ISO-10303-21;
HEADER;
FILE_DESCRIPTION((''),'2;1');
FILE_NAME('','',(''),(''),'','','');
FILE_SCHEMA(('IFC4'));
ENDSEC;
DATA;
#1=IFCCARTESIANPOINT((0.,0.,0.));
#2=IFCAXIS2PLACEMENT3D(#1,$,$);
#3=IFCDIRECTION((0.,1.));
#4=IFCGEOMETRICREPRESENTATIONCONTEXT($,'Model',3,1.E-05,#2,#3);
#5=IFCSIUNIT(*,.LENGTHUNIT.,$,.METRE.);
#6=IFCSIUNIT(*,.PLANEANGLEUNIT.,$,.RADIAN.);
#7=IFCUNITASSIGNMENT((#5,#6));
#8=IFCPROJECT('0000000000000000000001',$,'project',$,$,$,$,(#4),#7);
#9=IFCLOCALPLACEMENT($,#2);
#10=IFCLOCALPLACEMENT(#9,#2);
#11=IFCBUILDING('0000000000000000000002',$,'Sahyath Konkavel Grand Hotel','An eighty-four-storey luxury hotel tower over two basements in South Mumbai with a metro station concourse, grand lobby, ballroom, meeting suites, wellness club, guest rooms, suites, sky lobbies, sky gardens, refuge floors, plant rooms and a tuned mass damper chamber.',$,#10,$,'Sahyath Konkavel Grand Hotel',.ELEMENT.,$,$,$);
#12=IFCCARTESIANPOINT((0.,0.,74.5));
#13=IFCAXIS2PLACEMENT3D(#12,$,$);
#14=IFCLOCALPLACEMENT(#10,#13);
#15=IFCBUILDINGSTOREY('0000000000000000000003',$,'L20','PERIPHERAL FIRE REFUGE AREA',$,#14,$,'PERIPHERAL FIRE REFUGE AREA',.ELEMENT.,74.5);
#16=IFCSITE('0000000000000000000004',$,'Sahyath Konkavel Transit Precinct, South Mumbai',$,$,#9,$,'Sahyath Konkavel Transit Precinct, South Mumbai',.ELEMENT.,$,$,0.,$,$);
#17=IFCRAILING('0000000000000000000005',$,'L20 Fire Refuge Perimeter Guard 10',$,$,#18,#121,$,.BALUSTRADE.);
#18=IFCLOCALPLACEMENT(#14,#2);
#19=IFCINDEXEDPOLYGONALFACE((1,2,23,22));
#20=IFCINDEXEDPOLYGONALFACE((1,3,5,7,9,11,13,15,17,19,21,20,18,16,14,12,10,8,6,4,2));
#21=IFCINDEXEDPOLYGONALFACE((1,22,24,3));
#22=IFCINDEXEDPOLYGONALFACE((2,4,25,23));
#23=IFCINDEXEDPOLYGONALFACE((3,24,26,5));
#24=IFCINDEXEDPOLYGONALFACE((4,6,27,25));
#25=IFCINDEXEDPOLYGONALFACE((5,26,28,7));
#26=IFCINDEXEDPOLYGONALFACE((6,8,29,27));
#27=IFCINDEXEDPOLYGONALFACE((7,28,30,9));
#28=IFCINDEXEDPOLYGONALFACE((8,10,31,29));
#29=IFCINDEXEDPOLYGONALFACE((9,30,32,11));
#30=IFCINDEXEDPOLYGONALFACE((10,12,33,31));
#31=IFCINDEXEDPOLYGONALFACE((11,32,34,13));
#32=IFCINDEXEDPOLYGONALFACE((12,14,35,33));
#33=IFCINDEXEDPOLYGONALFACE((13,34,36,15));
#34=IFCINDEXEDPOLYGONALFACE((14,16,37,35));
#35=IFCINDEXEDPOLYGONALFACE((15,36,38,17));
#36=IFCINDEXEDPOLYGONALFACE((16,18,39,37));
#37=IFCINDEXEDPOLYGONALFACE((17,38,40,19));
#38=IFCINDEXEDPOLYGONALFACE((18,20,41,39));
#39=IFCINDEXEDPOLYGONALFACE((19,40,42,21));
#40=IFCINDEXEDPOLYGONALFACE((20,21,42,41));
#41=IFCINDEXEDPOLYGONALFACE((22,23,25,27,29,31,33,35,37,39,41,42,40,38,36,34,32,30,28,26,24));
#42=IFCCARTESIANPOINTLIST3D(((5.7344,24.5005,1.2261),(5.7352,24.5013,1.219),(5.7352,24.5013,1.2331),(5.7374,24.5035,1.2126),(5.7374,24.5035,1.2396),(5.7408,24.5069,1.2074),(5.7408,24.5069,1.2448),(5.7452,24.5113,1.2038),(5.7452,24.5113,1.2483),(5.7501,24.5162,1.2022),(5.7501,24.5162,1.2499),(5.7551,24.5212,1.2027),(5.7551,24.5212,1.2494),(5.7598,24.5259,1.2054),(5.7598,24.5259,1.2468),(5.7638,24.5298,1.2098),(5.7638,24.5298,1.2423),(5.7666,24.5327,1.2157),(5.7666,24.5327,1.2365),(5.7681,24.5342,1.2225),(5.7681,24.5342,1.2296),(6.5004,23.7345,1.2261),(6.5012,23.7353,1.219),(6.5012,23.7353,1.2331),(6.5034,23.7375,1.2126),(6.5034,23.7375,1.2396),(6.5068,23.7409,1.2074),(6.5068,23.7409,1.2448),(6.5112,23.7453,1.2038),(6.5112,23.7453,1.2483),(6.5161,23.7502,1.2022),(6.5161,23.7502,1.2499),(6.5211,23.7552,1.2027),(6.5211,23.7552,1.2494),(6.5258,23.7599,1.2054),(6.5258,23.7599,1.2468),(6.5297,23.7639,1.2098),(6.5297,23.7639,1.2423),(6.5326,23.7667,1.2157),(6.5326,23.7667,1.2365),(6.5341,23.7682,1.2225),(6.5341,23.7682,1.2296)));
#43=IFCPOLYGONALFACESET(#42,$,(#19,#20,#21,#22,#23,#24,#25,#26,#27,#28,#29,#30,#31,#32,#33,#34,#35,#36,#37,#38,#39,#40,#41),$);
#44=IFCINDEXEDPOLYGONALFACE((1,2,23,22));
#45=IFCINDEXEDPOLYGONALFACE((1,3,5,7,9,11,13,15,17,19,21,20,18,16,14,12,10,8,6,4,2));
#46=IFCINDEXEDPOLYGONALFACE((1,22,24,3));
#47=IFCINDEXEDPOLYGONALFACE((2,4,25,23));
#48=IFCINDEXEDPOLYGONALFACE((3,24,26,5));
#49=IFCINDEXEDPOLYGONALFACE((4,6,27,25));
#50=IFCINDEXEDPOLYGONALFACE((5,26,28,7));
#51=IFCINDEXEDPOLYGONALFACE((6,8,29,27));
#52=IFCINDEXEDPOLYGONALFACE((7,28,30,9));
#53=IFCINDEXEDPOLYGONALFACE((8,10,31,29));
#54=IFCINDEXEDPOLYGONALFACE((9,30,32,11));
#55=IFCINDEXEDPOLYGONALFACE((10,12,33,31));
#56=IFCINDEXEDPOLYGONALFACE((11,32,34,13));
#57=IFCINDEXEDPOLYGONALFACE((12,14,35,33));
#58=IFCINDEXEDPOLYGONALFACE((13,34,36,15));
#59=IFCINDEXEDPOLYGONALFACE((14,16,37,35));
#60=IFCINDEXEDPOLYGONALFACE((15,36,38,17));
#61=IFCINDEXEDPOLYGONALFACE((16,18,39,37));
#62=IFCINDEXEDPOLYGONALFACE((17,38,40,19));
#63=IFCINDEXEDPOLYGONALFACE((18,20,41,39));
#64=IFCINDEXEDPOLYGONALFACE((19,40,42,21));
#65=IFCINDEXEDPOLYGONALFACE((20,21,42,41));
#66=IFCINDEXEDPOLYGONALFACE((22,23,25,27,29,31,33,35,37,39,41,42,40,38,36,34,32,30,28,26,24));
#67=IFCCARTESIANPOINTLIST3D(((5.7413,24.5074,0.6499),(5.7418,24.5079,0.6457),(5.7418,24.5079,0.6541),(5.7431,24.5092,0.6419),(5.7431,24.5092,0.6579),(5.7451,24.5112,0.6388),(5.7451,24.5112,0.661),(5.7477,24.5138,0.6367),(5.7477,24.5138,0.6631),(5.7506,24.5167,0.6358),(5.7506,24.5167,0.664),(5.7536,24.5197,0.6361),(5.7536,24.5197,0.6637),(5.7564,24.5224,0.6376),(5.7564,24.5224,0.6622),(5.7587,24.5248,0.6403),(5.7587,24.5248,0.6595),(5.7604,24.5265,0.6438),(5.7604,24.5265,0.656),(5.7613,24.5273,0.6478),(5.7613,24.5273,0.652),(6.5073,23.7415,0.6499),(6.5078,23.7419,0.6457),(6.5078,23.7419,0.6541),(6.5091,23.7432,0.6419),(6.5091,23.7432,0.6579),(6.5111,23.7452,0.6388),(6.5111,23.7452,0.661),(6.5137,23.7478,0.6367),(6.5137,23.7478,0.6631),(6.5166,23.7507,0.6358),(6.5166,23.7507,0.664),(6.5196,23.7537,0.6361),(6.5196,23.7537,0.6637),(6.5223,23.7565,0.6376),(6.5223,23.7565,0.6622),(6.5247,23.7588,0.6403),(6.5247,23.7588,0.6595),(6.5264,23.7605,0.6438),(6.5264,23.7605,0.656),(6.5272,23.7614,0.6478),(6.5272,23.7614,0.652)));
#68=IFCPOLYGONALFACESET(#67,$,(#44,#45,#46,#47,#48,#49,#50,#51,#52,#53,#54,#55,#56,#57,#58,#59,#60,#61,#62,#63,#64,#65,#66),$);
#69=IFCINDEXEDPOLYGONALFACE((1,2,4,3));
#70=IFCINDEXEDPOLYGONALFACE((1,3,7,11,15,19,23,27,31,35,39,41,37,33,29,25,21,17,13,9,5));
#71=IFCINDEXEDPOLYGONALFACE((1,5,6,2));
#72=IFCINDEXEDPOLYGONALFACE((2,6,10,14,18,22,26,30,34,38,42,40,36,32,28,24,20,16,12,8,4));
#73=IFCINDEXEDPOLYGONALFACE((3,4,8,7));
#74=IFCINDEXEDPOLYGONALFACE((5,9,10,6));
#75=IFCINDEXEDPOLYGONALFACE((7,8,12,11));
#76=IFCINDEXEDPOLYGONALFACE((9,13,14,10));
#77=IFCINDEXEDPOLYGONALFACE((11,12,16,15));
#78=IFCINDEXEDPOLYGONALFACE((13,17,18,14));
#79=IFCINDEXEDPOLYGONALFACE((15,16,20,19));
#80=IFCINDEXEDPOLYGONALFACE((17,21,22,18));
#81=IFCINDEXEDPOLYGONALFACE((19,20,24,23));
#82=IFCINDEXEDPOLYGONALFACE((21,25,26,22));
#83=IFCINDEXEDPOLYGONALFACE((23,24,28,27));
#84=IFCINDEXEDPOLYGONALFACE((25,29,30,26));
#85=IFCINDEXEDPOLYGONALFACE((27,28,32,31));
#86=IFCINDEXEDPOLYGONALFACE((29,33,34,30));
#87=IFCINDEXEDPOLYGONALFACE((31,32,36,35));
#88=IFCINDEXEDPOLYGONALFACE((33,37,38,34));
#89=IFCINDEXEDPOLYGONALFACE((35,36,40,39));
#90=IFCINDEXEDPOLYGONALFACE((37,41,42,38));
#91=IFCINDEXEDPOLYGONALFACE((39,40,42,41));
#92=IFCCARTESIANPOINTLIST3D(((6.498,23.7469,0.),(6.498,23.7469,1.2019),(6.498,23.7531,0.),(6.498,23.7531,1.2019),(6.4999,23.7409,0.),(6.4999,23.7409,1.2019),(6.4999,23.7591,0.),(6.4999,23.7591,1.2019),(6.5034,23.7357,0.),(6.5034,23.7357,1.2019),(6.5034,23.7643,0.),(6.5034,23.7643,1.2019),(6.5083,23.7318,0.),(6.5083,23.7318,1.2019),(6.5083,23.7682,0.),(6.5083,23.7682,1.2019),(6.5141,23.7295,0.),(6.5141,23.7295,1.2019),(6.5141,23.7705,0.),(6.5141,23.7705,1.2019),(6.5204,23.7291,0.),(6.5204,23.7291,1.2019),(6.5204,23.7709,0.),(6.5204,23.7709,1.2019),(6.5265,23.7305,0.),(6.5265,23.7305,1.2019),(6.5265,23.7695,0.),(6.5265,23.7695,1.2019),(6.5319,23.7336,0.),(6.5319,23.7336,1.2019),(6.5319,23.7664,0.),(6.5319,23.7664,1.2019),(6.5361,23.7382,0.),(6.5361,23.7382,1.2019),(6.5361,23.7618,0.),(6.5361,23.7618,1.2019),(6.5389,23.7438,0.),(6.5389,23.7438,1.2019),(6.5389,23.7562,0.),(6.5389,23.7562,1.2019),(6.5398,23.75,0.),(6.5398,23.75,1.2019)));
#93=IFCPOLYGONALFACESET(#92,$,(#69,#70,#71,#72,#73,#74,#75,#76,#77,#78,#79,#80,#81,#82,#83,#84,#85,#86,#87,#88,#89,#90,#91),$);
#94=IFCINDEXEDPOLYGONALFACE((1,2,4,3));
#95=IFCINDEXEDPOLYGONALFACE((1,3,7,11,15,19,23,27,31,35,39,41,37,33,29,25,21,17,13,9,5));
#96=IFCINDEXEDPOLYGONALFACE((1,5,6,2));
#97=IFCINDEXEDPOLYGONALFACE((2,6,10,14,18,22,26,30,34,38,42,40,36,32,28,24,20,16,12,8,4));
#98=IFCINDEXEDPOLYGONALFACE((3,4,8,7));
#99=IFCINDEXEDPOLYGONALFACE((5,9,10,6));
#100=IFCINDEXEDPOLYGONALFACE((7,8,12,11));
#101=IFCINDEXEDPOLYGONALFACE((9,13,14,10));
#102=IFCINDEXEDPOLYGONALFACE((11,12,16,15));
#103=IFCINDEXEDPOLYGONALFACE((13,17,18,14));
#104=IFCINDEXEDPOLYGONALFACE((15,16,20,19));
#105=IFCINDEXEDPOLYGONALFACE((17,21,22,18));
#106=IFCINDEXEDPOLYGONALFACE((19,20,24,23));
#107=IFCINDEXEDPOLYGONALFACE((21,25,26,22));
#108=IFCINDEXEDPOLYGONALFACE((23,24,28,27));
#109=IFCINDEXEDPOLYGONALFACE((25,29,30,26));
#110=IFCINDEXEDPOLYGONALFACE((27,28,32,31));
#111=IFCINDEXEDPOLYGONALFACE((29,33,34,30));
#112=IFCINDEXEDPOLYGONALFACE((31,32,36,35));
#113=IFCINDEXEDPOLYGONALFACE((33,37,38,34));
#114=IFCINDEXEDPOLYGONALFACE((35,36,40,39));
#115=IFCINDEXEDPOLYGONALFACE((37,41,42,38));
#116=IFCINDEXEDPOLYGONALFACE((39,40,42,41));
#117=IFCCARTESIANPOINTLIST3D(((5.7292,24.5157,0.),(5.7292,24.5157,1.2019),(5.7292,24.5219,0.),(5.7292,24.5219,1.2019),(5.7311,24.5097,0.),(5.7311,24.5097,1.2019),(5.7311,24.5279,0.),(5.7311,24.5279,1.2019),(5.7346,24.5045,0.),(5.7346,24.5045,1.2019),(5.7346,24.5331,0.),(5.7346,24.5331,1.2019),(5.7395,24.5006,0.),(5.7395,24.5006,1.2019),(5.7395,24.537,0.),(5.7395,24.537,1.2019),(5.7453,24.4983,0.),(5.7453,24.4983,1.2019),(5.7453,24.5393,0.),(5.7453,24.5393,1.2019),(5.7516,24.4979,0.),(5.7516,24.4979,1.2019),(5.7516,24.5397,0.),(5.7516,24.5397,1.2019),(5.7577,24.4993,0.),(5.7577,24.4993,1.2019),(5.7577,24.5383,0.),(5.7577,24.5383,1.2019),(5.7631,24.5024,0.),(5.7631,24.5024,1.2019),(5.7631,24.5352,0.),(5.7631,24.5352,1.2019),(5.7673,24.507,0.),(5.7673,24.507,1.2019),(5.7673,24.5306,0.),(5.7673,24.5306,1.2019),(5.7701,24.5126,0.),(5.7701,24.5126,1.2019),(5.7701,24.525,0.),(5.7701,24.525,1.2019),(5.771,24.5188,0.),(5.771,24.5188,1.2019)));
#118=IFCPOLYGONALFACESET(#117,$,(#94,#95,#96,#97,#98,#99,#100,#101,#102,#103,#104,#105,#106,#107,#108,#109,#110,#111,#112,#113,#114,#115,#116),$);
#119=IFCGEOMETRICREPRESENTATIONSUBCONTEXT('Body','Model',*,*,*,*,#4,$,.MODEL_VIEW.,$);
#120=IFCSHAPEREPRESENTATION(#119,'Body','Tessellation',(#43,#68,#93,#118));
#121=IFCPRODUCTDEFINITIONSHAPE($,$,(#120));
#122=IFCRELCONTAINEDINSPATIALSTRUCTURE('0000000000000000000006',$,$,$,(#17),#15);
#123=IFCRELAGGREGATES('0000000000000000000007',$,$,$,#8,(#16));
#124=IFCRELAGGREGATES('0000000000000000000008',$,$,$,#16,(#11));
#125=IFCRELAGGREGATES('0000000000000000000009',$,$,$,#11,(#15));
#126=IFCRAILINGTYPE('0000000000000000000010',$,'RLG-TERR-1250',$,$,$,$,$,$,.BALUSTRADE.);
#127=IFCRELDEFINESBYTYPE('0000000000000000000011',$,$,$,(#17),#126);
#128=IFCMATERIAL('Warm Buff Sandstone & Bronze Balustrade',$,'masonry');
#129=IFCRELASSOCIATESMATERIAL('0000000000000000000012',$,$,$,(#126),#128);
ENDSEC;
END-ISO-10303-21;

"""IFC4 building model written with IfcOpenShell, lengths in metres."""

from ifc_helpers import new_model, si_unit, direction, frame, origin, origin_2d, place, context, subcontext, project, spatial, circle, extrude, material, type_object, element, save


model = new_model("IFC4")

# Units and contexts
model_context = context("Model", 3, precision=1e-05, world=origin(), true_north=direction((0.0, 1.0)))
body_context = subcontext(model_context, "Body", "Model", "MODEL_VIEW")
ifc_project = project(units=[si_unit("LENGTHUNIT", "METRE"), si_unit("PLANEANGLEUNIT", "RADIAN")], contexts=[model_context])

# Site, building, storey
site_placement = place(None, origin())
site = spatial("IfcSite", under=ifc_project, at=site_placement, Name="Sahyath Konkavel Transit Precinct, South Mumbai", LongName="Sahyath Konkavel Transit Precinct, South Mumbai", CompositionType="ELEMENT", RefElevation=0.0)
building_placement = place(site_placement, origin())
building = spatial("IfcBuilding", under=site, at=building_placement, Name="Sahyath Konkavel Grand Hotel", Description="An eighty-four-storey luxury hotel tower over two basements in South Mumbai with a metro station concourse, grand lobby, ballroom, meeting suites, wellness club, guest rooms, suites, sky lobbies, sky gardens, refuge floors, plant rooms and a tuned mass damper chamber.", LongName="Sahyath Konkavel Grand Hotel", CompositionType="ELEMENT")
storey_placement = place(building_placement, frame((0.0, 0.0, 74.5)))
storey = spatial("IfcBuildingStorey", under=building, at=storey_placement, Name="L20", Description="PERIPHERAL FIRE REFUGE AREA", LongName="PERIPHERAL FIRE REFUGE AREA", CompositionType="ELEMENT", Elevation=74.5)

# Railing
ifc_material_1 = material(Name="Warm Buff Sandstone & Bronze Balustrade", Category="masonry")
railing_type = type_object("IfcRailingType", Name="RLG-TERR-1250", PredefinedType="BALUSTRADE", material=ifc_material_1)
railing_1_placement = place(storey_placement, frame((6.5188, 23.75, 0.0)))
element("IfcRailing", 1, at=railing_1_placement, inside=storey, type_object=railing_type, Name="L20 Fire Refuge Perimeter Guard 10", PredefinedType="BALUSTRADE", context=body_context, shape_type="SweptSolid", body=[
    extrude(circle(Radius=0.0239, at=origin_2d()), frame((-0.0015, 0.0015, 1.2261), z_axis=(-0.707107, 0.707107, 0.0), x_axis=(-0.707107, -0.707107, 0.0)), (0.0, 0.0, 1.0), 1.0833),
    extrude(circle(Radius=0.0142, at=origin_2d()), frame((-0.0015, 0.0015, 0.6499), z_axis=(-0.707107, 0.707107, 0.0), x_axis=(-0.707107, -0.707107, 0.0)), (0.0, 0.0, 1.0), 1.0833),
    extrude(circle(Radius=0.021, at=origin_2d()), origin(), (0.0, 0.0, 1.0), 1.2019),
    extrude(circle(Radius=0.021, at=origin_2d()), frame((-0.7688, 0.7688, 0.0)), (0.0, 0.0, 1.0), 1.2019),
])

save(model, "model.ifc")
